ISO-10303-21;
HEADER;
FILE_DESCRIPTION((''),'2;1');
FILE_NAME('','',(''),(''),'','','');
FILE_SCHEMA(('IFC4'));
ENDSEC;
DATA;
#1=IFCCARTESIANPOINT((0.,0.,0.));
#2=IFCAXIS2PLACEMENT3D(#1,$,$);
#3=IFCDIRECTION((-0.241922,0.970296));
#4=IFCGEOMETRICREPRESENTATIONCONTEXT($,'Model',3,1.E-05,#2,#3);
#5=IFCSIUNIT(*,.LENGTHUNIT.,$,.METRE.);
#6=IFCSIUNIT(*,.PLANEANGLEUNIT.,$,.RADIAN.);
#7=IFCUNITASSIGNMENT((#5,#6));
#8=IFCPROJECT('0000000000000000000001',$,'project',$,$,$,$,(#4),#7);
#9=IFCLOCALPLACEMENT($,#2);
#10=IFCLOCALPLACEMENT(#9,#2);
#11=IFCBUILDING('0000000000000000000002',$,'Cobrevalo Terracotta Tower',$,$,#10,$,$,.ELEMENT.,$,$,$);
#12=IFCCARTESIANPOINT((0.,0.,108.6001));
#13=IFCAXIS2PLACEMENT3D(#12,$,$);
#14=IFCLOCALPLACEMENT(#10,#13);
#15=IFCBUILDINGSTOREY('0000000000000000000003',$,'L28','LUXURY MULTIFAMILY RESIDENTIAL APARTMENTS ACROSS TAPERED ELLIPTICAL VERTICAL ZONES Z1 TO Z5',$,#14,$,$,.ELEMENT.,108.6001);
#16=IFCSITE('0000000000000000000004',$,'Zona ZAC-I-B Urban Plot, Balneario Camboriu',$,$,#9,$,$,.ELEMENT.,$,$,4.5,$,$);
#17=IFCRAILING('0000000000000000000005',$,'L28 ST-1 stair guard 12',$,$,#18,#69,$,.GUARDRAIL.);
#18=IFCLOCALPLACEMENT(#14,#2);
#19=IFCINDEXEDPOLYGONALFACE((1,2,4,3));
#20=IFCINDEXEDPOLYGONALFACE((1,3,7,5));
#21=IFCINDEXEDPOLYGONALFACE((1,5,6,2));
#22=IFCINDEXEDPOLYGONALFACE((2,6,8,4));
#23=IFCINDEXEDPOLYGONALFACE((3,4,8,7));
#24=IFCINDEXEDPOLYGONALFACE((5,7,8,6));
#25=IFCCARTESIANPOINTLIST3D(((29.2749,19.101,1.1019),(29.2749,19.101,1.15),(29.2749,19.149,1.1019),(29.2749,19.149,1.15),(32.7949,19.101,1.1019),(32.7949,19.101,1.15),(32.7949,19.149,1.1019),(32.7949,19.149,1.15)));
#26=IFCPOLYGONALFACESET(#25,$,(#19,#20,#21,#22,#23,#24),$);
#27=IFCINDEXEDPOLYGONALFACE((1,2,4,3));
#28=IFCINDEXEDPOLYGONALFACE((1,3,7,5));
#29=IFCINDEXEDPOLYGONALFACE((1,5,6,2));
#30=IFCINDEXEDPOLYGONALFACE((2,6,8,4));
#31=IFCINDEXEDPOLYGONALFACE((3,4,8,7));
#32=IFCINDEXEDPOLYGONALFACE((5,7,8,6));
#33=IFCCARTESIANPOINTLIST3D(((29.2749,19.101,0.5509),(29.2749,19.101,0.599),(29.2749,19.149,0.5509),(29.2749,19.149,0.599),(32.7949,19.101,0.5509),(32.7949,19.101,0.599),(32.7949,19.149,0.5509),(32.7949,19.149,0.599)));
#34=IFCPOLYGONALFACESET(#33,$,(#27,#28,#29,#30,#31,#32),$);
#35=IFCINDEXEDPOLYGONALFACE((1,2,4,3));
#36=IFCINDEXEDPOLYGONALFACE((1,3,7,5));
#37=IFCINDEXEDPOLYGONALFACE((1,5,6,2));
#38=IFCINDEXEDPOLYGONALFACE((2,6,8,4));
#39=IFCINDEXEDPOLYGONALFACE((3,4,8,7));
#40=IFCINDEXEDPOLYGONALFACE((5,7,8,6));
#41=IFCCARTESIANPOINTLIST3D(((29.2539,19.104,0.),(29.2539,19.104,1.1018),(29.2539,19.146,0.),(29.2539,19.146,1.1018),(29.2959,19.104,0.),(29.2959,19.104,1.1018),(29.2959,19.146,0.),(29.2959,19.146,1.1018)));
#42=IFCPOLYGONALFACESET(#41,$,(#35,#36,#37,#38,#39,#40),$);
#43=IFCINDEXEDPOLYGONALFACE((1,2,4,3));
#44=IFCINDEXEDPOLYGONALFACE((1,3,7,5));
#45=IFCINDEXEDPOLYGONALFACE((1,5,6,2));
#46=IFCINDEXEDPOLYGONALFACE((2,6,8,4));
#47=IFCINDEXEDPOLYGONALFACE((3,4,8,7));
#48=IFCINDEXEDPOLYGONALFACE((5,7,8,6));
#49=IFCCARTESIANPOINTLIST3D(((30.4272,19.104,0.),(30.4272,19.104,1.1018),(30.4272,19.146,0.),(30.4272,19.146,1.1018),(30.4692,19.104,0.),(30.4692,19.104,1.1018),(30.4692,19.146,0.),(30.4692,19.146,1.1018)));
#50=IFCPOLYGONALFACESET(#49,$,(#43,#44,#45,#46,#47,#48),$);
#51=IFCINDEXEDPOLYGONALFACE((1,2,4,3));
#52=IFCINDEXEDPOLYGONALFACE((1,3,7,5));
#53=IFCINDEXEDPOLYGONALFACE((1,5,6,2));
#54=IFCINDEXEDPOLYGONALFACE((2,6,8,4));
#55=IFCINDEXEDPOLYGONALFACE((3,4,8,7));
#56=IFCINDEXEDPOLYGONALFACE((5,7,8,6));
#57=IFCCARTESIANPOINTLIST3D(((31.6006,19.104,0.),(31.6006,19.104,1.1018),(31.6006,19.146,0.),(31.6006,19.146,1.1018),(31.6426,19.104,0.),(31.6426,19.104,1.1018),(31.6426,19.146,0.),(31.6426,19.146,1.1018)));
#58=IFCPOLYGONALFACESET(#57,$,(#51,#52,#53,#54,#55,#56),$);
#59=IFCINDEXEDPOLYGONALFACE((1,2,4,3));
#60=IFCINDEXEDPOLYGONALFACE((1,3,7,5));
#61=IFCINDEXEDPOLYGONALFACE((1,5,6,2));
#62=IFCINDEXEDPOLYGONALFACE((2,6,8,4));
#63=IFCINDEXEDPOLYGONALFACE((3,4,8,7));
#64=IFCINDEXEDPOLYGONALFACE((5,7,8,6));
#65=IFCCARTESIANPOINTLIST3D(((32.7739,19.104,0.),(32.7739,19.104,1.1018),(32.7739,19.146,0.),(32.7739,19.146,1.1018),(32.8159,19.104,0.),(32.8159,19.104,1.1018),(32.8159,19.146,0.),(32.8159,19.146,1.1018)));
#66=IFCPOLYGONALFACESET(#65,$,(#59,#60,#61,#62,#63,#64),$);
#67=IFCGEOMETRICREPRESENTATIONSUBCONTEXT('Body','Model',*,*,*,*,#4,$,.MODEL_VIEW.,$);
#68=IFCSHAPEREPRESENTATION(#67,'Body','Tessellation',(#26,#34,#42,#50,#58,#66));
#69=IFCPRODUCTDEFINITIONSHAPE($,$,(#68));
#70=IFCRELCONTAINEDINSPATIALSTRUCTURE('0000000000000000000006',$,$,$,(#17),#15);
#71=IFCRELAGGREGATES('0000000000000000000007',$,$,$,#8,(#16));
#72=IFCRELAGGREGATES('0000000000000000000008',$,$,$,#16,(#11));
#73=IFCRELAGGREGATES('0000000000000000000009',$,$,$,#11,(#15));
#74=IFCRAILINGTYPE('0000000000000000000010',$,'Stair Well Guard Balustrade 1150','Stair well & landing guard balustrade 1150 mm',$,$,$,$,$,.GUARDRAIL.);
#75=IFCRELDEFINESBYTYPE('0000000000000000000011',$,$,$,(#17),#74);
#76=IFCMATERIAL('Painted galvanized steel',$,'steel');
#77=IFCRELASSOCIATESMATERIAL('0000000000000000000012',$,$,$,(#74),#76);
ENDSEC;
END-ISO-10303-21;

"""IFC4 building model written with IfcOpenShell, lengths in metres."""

from ifc_helpers import new_model, si_unit, direction, frame, origin, origin_2d, place, context, subcontext, project, spatial, rectangle, extrude, material, type_object, element, save


model = new_model("IFC4")

# Units and contexts
model_context = context("Model", 3, precision=1e-05, world=origin(), true_north=direction((-0.241922, 0.970296)))
body_context = subcontext(model_context, "Body", "Model", "MODEL_VIEW")
ifc_project = project(units=[si_unit("LENGTHUNIT", "METRE"), si_unit("PLANEANGLEUNIT", "RADIAN")], contexts=[model_context])

# Site, building, storey
site_placement = place(None, origin())
site = spatial("IfcSite", under=ifc_project, at=site_placement, Name="Zona ZAC-I-B Urban Plot, Balneario Camboriu", CompositionType="ELEMENT", RefElevation=4.5)
building_placement = place(site_placement, origin())
building = spatial("IfcBuilding", under=site, at=building_placement, Name="Cobrevalo Terracotta Tower", CompositionType="ELEMENT")
storey_placement = place(building_placement, frame((0.0, 0.0, 108.6001)))
storey = spatial("IfcBuildingStorey", under=building, at=storey_placement, Name="L28", Description="LUXURY MULTIFAMILY RESIDENTIAL APARTMENTS ACROSS TAPERED ELLIPTICAL VERTICAL ZONES Z1 TO Z5", CompositionType="ELEMENT", Elevation=108.6001)

# Railing
ifc_material_1 = material(Name="Painted galvanized steel", Category="steel")
railing_type = type_object("IfcRailingType", Name="Stair Well Guard Balustrade 1150", Description="Stair well & landing guard balustrade 1150 mm", PredefinedType="GUARDRAIL", material=ifc_material_1)
railing_placement = place(storey_placement, frame((29.2749, 19.125, 0.0)))
element("IfcRailing", 1, at=railing_placement, inside=storey, type_object=railing_type, Name="L28 ST-1 stair guard 12", PredefinedType="GUARDRAIL", context=body_context, shape_type="SweptSolid", body=[
    extrude(rectangle(XDim=0.0481, YDim=0.0481, at=origin_2d()), frame((0.0, 0.0, 1.126), z_axis=(1.0, 0.0, 0.0), x_axis=(0.0, 1.0, 0.0)), (0.0, 0.0, 1.0), 3.52),
    extrude(rectangle(XDim=0.0481, YDim=0.0481, at=origin_2d()), frame((0.0, 0.0, 0.575), z_axis=(1.0, 0.0, 0.0), x_axis=(0.0, 1.0, 0.0)), (0.0, 0.0, 1.0), 3.52),
    extrude(rectangle(XDim=0.042, YDim=0.042, at=origin_2d()), origin(), (0.0, 0.0, 1.0), 1.1018),
    extrude(rectangle(XDim=0.042, YDim=0.042, at=origin_2d()), frame((1.1733, 0.0, 0.0)), (0.0, 0.0, 1.0), 1.1018),
    extrude(rectangle(XDim=0.042, YDim=0.042, at=origin_2d()), frame((2.3467, 0.0, 0.0)), (0.0, 0.0, 1.0), 1.1018),
    extrude(rectangle(XDim=0.042, YDim=0.042, at=origin_2d()), frame((3.52, 0.0, 0.0)), (0.0, 0.0, 1.0), 1.1018),
])

save(model, "model.ifc")
